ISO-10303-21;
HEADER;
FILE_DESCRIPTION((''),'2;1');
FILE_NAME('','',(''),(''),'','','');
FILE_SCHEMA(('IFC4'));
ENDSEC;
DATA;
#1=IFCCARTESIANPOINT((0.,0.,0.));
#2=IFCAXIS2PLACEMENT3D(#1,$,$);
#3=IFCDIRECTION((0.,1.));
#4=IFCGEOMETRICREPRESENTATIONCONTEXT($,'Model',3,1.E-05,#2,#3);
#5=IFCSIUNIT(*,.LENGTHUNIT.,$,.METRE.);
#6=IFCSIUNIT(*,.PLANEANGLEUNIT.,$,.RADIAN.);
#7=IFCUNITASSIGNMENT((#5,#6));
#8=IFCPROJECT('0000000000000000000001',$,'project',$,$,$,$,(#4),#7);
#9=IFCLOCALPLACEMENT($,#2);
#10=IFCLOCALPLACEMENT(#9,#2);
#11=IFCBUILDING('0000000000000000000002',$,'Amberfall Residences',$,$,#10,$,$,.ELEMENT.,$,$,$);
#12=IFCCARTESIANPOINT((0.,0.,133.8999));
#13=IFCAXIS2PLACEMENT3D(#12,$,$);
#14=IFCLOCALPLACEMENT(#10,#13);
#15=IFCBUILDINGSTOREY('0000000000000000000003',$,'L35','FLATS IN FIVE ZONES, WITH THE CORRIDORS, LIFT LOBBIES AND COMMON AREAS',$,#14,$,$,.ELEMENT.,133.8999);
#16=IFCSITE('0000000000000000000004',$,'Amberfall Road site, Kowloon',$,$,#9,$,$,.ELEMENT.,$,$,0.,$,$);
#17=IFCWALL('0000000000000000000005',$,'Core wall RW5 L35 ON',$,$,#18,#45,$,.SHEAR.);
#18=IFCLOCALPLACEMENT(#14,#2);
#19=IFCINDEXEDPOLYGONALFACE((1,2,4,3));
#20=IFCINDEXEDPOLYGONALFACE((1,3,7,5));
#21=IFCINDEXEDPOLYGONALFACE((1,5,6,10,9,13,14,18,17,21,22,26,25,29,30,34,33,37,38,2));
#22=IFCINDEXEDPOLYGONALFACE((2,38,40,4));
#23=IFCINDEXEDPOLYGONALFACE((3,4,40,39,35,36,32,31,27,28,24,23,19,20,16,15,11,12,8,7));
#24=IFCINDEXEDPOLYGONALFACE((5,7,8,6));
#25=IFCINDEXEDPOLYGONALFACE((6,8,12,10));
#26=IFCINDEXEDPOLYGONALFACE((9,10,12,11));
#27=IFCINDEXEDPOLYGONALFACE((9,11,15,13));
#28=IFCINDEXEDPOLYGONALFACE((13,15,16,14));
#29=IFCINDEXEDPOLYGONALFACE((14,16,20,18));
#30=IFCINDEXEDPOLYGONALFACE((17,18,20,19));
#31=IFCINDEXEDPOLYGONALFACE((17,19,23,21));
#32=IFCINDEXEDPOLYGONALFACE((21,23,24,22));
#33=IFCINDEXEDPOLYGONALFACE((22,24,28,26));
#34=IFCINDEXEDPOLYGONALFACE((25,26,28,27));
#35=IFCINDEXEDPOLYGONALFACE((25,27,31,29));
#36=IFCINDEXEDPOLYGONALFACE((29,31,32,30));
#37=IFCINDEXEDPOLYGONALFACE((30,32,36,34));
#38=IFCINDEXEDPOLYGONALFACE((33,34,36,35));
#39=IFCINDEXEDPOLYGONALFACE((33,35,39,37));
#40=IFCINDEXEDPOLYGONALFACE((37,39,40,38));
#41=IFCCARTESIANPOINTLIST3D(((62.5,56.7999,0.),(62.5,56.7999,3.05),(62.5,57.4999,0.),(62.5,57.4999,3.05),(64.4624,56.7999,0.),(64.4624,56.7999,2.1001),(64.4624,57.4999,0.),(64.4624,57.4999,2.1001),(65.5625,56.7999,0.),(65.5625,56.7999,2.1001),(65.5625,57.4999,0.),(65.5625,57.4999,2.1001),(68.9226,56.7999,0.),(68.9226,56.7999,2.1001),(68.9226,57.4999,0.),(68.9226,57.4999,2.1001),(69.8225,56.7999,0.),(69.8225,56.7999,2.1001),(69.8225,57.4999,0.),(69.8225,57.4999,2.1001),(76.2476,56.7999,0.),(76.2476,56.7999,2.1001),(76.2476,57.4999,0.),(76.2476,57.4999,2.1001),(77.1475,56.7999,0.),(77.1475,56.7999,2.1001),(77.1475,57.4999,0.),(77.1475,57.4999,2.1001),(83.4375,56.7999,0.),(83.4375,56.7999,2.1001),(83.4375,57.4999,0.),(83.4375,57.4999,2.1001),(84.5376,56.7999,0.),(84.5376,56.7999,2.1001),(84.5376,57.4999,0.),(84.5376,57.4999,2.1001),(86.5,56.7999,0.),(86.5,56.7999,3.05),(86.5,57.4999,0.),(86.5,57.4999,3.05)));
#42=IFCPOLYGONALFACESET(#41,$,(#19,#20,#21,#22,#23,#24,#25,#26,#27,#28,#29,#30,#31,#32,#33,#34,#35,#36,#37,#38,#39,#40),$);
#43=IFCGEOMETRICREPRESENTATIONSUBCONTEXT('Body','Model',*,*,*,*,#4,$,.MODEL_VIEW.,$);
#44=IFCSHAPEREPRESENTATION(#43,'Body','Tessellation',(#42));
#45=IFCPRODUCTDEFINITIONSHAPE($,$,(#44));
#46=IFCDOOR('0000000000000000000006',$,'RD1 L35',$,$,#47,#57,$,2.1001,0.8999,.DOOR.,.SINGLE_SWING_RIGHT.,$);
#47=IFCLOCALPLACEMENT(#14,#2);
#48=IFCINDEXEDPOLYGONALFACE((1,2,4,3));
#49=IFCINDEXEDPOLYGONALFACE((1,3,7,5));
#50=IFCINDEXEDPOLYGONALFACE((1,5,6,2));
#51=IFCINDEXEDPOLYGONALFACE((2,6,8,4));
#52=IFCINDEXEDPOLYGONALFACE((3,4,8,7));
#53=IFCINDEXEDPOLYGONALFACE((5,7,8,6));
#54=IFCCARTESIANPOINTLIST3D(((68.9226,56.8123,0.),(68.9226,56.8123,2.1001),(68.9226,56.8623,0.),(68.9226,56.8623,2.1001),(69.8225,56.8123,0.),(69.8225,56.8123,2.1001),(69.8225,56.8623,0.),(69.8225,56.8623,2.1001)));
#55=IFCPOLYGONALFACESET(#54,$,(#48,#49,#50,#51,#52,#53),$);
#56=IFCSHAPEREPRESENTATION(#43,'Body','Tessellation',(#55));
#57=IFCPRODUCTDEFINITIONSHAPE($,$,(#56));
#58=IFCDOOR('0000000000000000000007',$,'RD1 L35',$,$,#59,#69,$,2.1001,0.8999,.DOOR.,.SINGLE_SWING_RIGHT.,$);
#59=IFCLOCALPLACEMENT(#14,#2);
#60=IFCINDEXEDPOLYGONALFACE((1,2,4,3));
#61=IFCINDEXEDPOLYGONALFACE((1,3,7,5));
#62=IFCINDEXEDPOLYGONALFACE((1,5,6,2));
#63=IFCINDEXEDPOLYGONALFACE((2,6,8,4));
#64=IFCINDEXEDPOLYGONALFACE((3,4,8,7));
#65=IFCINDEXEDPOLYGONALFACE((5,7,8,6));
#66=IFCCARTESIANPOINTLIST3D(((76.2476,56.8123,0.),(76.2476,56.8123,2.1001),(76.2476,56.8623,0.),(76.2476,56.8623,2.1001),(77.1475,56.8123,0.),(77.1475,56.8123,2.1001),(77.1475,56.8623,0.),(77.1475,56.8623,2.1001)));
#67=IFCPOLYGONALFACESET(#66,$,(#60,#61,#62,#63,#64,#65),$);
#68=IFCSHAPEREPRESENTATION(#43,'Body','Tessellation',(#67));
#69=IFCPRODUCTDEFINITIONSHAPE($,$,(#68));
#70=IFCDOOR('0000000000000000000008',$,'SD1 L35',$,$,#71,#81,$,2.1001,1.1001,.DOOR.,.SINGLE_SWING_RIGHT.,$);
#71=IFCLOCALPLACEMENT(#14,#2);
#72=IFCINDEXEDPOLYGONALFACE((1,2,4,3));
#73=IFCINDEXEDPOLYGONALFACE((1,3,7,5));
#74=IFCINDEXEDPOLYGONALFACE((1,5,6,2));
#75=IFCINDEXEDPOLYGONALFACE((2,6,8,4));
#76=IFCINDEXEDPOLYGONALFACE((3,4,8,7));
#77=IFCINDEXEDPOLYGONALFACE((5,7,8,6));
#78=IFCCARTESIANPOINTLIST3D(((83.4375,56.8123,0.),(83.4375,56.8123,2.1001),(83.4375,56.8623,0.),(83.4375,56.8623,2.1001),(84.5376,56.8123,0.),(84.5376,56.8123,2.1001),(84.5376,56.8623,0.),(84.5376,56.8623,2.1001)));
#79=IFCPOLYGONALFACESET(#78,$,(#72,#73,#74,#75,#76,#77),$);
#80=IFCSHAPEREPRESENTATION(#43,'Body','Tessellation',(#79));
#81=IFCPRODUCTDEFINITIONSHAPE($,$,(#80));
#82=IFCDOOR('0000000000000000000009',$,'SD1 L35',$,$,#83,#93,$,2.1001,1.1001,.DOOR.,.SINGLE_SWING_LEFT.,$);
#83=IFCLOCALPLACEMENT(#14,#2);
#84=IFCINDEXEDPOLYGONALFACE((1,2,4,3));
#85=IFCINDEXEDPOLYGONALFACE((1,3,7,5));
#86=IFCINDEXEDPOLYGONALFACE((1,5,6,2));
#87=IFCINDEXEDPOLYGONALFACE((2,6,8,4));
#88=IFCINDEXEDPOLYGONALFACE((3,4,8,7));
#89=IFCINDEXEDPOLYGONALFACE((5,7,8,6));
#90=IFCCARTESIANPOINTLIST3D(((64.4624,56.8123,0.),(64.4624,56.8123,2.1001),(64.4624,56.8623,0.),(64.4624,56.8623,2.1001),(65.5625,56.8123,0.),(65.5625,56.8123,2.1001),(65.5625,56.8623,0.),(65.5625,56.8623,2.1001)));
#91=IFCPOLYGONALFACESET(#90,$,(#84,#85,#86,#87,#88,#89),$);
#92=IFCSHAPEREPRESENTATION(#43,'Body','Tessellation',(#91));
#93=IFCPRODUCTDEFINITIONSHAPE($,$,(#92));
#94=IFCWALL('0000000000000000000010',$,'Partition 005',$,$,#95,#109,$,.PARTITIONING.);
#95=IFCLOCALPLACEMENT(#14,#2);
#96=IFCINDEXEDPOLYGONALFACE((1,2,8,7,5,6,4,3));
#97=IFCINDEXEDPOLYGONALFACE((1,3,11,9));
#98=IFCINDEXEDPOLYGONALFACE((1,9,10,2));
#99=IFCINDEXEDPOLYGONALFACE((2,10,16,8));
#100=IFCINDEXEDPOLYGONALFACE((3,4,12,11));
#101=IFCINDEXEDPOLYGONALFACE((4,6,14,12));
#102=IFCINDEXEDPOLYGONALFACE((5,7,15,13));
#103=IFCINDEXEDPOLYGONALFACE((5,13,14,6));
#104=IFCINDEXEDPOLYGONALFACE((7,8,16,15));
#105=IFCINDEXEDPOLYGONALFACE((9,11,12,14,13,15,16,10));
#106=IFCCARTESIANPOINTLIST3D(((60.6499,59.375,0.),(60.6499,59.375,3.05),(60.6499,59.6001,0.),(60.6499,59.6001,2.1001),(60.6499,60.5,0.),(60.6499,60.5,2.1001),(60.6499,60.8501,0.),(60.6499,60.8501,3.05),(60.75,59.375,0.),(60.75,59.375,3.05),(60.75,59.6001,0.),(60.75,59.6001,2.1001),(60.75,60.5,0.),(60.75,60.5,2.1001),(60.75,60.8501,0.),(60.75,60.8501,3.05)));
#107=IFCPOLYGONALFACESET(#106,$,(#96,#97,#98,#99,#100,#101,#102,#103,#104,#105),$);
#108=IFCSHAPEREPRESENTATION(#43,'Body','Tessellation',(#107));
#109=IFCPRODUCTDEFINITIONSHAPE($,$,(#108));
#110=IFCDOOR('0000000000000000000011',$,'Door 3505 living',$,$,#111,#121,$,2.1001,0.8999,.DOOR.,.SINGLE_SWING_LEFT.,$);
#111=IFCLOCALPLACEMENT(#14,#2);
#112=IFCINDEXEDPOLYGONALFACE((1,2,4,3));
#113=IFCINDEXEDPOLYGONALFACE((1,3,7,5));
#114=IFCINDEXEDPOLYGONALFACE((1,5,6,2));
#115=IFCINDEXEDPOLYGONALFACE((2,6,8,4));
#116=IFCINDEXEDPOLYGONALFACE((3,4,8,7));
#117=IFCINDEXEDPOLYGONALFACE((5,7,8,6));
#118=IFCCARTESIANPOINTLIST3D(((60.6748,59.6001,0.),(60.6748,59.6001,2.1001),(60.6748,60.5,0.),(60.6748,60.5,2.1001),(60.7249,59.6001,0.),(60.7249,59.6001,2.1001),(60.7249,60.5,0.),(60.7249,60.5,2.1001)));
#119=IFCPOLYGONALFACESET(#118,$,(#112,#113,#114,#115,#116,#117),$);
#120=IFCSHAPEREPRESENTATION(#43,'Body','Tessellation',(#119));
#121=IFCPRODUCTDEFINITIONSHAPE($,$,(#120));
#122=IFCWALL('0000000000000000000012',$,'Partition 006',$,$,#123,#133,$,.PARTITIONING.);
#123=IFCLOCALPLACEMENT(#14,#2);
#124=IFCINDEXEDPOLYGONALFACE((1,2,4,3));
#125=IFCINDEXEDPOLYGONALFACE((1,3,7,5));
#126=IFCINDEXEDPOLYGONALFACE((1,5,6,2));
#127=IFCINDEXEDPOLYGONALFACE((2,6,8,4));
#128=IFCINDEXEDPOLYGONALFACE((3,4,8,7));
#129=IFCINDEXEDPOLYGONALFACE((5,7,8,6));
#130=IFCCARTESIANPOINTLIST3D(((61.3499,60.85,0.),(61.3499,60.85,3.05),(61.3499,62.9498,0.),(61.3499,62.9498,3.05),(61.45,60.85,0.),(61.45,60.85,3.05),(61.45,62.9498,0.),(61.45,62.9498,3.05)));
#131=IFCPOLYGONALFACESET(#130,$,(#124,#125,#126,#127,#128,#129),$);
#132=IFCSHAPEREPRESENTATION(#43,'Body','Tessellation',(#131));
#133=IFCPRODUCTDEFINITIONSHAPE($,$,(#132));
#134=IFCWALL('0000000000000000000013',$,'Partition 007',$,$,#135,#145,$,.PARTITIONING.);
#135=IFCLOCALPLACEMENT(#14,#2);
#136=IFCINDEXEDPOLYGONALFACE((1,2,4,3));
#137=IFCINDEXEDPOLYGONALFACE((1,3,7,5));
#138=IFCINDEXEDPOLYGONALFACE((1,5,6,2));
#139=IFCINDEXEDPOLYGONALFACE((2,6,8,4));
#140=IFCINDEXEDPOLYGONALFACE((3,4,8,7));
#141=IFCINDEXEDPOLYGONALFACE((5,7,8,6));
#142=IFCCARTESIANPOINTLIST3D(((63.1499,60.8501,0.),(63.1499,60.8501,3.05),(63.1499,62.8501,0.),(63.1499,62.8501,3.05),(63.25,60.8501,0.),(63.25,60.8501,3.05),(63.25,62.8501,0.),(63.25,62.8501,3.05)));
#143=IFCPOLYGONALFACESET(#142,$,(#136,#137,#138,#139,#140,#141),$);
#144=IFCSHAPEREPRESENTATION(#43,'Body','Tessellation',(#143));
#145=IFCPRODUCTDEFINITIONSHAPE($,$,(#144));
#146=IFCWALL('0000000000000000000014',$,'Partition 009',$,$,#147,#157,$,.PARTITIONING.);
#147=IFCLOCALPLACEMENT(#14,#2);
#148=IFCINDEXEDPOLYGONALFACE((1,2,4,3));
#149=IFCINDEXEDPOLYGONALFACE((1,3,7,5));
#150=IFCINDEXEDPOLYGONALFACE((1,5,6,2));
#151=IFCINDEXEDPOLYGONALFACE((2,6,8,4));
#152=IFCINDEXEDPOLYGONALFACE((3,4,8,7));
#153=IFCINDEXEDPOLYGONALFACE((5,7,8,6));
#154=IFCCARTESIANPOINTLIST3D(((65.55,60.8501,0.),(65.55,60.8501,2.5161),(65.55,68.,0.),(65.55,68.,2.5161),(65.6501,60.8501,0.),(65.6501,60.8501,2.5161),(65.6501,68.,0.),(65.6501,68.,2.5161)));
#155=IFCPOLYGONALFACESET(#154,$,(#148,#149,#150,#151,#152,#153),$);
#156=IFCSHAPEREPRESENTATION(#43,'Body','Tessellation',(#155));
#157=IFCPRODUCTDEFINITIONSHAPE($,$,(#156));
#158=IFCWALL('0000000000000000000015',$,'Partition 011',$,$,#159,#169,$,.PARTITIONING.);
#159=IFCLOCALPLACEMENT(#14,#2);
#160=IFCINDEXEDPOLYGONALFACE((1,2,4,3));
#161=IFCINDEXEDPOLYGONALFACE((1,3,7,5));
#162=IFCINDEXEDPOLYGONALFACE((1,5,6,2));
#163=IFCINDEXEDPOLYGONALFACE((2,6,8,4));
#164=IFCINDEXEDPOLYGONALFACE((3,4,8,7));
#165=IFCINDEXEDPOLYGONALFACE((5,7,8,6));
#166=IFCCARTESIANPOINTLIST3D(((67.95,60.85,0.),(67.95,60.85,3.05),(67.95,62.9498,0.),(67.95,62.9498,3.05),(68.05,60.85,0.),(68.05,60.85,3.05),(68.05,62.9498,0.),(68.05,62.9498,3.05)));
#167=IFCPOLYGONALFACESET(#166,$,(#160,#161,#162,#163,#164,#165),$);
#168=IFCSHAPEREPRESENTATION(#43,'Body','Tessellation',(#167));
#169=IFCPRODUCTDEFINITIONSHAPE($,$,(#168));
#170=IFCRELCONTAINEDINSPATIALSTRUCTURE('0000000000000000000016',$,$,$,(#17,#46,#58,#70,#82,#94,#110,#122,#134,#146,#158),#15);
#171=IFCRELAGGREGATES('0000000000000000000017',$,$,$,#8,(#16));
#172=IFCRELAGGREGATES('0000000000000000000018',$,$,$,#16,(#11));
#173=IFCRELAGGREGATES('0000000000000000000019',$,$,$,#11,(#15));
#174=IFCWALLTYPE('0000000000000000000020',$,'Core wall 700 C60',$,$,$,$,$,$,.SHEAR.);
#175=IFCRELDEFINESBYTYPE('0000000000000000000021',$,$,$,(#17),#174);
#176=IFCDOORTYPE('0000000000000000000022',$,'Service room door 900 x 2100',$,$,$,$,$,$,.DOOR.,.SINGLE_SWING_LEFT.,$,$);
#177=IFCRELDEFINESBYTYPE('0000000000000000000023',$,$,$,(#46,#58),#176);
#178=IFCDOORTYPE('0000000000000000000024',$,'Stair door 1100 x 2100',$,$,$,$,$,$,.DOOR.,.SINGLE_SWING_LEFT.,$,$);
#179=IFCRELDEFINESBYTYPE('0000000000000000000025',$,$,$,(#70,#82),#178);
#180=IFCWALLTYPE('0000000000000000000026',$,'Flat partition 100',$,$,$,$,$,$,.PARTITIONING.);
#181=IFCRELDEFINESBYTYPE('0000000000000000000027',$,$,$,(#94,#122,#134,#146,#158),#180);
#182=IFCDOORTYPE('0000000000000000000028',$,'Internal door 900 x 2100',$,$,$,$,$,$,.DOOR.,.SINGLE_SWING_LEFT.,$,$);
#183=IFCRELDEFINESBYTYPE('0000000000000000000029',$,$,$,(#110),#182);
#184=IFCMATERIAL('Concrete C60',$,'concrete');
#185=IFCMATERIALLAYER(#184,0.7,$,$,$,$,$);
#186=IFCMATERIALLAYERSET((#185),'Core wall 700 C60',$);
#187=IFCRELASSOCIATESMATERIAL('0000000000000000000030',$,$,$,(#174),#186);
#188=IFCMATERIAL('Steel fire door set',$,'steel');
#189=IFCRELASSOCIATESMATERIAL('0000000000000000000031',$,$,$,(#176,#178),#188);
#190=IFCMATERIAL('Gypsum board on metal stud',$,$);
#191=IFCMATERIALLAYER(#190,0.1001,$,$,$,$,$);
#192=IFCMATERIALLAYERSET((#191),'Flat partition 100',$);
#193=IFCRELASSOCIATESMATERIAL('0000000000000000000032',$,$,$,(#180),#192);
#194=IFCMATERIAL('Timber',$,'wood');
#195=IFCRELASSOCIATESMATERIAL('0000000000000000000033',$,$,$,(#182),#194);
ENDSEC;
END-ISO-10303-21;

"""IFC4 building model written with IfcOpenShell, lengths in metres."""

from ifc_helpers import new_model, si_unit, direction, frame, frame_2d, origin, place, context, subcontext, project, spatial, rectangle, extrude, material, layer, layer_set, type_object, element, fill, save


model = new_model("IFC4")

# Units and contexts
model_context = context("Model", 3, precision=1e-05, world=origin(), true_north=direction((0.0, 1.0)))
body_context = subcontext(model_context, "Body", "Model", "MODEL_VIEW")
ifc_project = project(units=[si_unit("LENGTHUNIT", "METRE"), si_unit("PLANEANGLEUNIT", "RADIAN")], contexts=[model_context])

# Site, building, storey
site_placement = place(None, origin())
site = spatial("IfcSite", under=ifc_project, at=site_placement, Name="Amberfall Road site, Kowloon", CompositionType="ELEMENT", RefElevation=0.0)
building_placement = place(site_placement, origin())
building = spatial("IfcBuilding", under=site, at=building_placement, Name="Amberfall Residences", CompositionType="ELEMENT")
storey_placement = place(building_placement, frame((0.0, 0.0, 133.8999)))
storey = spatial("IfcBuildingStorey", under=building, at=storey_placement, Name="L35", Description="FLATS IN FIVE ZONES, WITH THE CORRIDORS, LIFT LOBBIES AND COMMON AREAS", CompositionType="ELEMENT", Elevation=133.8999)

# Wall, openings, doors
ifc_material_1 = material(Name="Concrete C60", Category="concrete")
ifc_layer_1 = layer(ifc_material_1, 0.7)
ifc_layer_set_1 = layer_set([ifc_layer_1], Name="Core wall 700 C60")
wall_type_1 = type_object("IfcWallType", Name="Core wall 700 C60", PredefinedType="SHEAR", material=ifc_layer_set_1)
wall_1_placement = place(storey_placement, frame((62.5, 57.1499, 0.0), z_axis=(0.0, 0.0, 1.0), x_axis=(1.0, 0.0, 0.0)))
wall_1 = element("IfcWall", 1, at=wall_1_placement, inside=storey, type_object=wall_type_1, Name="Core wall RW5 L35 ON", PredefinedType="SHEAR", context=body_context, shape_type="SweptSolid", body=[
    extrude(rectangle(XDim=24.0, YDim=0.7, at=frame_2d((12.0, 0.0))), origin(), (0.0, 0.0, 1.0), 3.05),
])
opening_1_placement = place(wall_1_placement, frame((20.9375, 0.0, 0.0)))
opening_1 = element("IfcOpeningElement", 2, at=opening_1_placement, cuts=wall_1, PredefinedType="OPENING", context=body_context, shape_type="SweptSolid", body=[
    extrude(rectangle(XDim=1.1001, YDim=2.1001, at=frame_2d((0.55, 1.05))), frame((0.0, 0.3599, 0.0), z_axis=(0.0, -1.0, 0.0), x_axis=(1.0, 0.0, 0.0)), (0.0, 0.0, 1.0), 0.72),
])
opening_2_placement = place(wall_1_placement, frame((1.9624, 0.0, 0.0)))
opening_2 = element("IfcOpeningElement", 3, at=opening_2_placement, cuts=wall_1, PredefinedType="OPENING", context=body_context, shape_type="SweptSolid", body=[
    extrude(rectangle(XDim=1.1001, YDim=2.1001, at=frame_2d((0.55, 1.05))), frame((0.0, 0.3599, 0.0), z_axis=(0.0, -1.0, 0.0), x_axis=(1.0, 0.0, 0.0)), (0.0, 0.0, 1.0), 0.72),
])
opening_3_placement = place(wall_1_placement, frame((6.4226, 0.0, 0.0)))
opening_3 = element("IfcOpeningElement", 4, at=opening_3_placement, cuts=wall_1, PredefinedType="OPENING", context=body_context, shape_type="SweptSolid", body=[
    extrude(rectangle(XDim=0.8999, YDim=2.1001, at=frame_2d((0.45, 1.05))), frame((0.0, 0.3599, 0.0), z_axis=(0.0, -1.0, 0.0), x_axis=(1.0, 0.0, 0.0)), (0.0, 0.0, 1.0), 0.72),
])
opening_4_placement = place(wall_1_placement, frame((13.7476, 0.0, 0.0)))
opening_4 = element("IfcOpeningElement", 5, at=opening_4_placement, cuts=wall_1, PredefinedType="OPENING", context=body_context, shape_type="SweptSolid", body=[
    extrude(rectangle(XDim=0.8999, YDim=2.1001, at=frame_2d((0.45, 1.05))), frame((0.0, 0.3599, 0.0), z_axis=(0.0, -1.0, 0.0), x_axis=(1.0, 0.0, 0.0)), (0.0, 0.0, 1.0), 0.72),
])
ifc_material_2 = material(Name="Steel fire door set", Category="steel")
door_type_1 = type_object("IfcDoorType", Name="Service room door 900 x 2100", OperationType="SINGLE_SWING_LEFT", PredefinedType="DOOR", material=ifc_material_2)
door_1_placement = place(opening_3_placement, origin())
door_1 = element("IfcDoor", 6, at=door_1_placement, inside=storey, type_object=door_type_1, Name="RD1 L35", OperationType="SINGLE_SWING_RIGHT", OverallHeight=2.1001, OverallWidth=0.8999, PredefinedType="DOOR", context=body_context, shape_type="SweptSolid", body=[
    extrude(rectangle(XDim=0.8999, YDim=2.1001, at=frame_2d((0.45, 1.05))), frame((0.0, -0.2876, 0.0), z_axis=(0.0, -1.0, 0.0), x_axis=(1.0, 0.0, 0.0)), (0.0, 0.0, 1.0), 0.05),
])
fill(opening_3, door_1)
door_2_placement = place(opening_4_placement, origin())
door_2 = element("IfcDoor", 7, at=door_2_placement, inside=storey, type_object=door_type_1, Name="RD1 L35", OperationType="SINGLE_SWING_RIGHT", OverallHeight=2.1001, OverallWidth=0.8999, PredefinedType="DOOR", context=body_context, shape_type="SweptSolid", body=[
    extrude(rectangle(XDim=0.8999, YDim=2.1001, at=frame_2d((0.45, 1.05))), frame((0.0, -0.2876, 0.0), z_axis=(0.0, -1.0, 0.0), x_axis=(1.0, 0.0, 0.0)), (0.0, 0.0, 1.0), 0.05),
])
fill(opening_4, door_2)
door_type_2 = type_object("IfcDoorType", Name="Stair door 1100 x 2100", OperationType="SINGLE_SWING_LEFT", PredefinedType="DOOR", material=ifc_material_2)
door_3_placement = place(opening_1_placement, origin())
door_3 = element("IfcDoor", 8, at=door_3_placement, inside=storey, type_object=door_type_2, Name="SD1 L35", OperationType="SINGLE_SWING_RIGHT", OverallHeight=2.1001, OverallWidth=1.1001, PredefinedType="DOOR", context=body_context, shape_type="SweptSolid", body=[
    extrude(rectangle(XDim=1.1001, YDim=2.1001, at=frame_2d((0.55, 1.05))), frame((0.0, -0.2876, 0.0), z_axis=(0.0, -1.0, 0.0), x_axis=(1.0, 0.0, 0.0)), (0.0, 0.0, 1.0), 0.05),
])
fill(opening_1, door_3)
door_4_placement = place(opening_2_placement, origin())
door_4 = element("IfcDoor", 9, at=door_4_placement, inside=storey, type_object=door_type_2, Name="SD1 L35", OperationType="SINGLE_SWING_LEFT", OverallHeight=2.1001, OverallWidth=1.1001, PredefinedType="DOOR", context=body_context, shape_type="SweptSolid", body=[
    extrude(rectangle(XDim=1.1001, YDim=2.1001, at=frame_2d((0.55, 1.05))), frame((0.0, -0.2876, 0.0), z_axis=(0.0, -1.0, 0.0), x_axis=(1.0, 0.0, 0.0)), (0.0, 0.0, 1.0), 0.05),
])
fill(opening_2, door_4)

# Wall, opening, door
ifc_material_3 = material(Name="Gypsum board on metal stud")
ifc_layer_2 = layer(ifc_material_3, 0.1001)
ifc_layer_set_2 = layer_set([ifc_layer_2], Name="Flat partition 100")
wall_type_2 = type_object("IfcWallType", Name="Flat partition 100", PredefinedType="PARTITIONING", material=ifc_layer_set_2)
wall_2_placement = place(storey_placement, frame((60.7, 60.8501, 0.0), z_axis=(0.0, 0.0, 1.0), x_axis=(0.0, -1.0, 0.0)))
wall_2 = element("IfcWall", 10, at=wall_2_placement, inside=storey, type_object=wall_type_2, Name="Partition 005", PredefinedType="PARTITIONING", context=body_context, shape_type="SweptSolid", body=[
    extrude(rectangle(XDim=1.4751, YDim=0.1001, at=frame_2d((0.7375, 0.0))), origin(), (0.0, 0.0, 1.0), 3.05),
])
opening_5_placement = place(wall_2_placement, frame((0.3501, 0.0, 0.0)))
opening_5 = element("IfcOpeningElement", 11, at=opening_5_placement, cuts=wall_2, PredefinedType="OPENING", context=body_context, shape_type="SweptSolid", body=[
    extrude(rectangle(XDim=0.8999, YDim=2.1001, at=frame_2d((0.45, 1.05))), frame((0.0, 0.0601, 0.0), z_axis=(0.0, -1.0, 0.0), x_axis=(1.0, 0.0, 0.0)), (0.0, 0.0, 1.0), 0.1201),
])
ifc_material_4 = material(Name="Timber", Category="wood")
door_type_3 = type_object("IfcDoorType", Name="Internal door 900 x 2100", OperationType="SINGLE_SWING_LEFT", PredefinedType="DOOR", material=ifc_material_4)
door_5_placement = place(opening_5_placement, origin())
door_5 = element("IfcDoor", 12, at=door_5_placement, inside=storey, type_object=door_type_3, Name="Door 3505 living", OperationType="SINGLE_SWING_LEFT", OverallHeight=2.1001, OverallWidth=0.8999, PredefinedType="DOOR", context=body_context, shape_type="SweptSolid", body=[
    extrude(rectangle(XDim=0.8999, YDim=2.1001, at=frame_2d((0.45, 1.05))), frame((0.0, 0.0249, 0.0), z_axis=(0.0, -1.0, 0.0), x_axis=(1.0, 0.0, 0.0)), (0.0, 0.0, 1.0), 0.05),
])
fill(opening_5, door_5)

# Walls
wall_3_placement = place(storey_placement, frame((61.3999, 60.8501, 0.0), z_axis=(0.0, 0.0, 1.0), x_axis=(0.0, 1.0, 0.0)))
element("IfcWall", 13, at=wall_3_placement, inside=storey, type_object=wall_type_2, Name="Partition 006", PredefinedType="PARTITIONING", context=body_context, shape_type="SweptSolid", body=[
    extrude(rectangle(XDim=2.0999, YDim=0.1001, at=frame_2d((1.0498, 0.0))), origin(), (0.0, 0.0, 1.0), 3.05),
])
wall_4_placement = place(storey_placement, frame((63.2, 60.8501, 0.0), z_axis=(0.0, 0.0, 1.0), x_axis=(0.0, 1.0, 0.0)))
element("IfcWall", 14, at=wall_4_placement, inside=storey, type_object=wall_type_2, Name="Partition 007", PredefinedType="PARTITIONING", context=body_context, shape_type="SweptSolid", body=[
    extrude(rectangle(XDim=2.0, YDim=0.1001, at=frame_2d((1.0, 0.0))), origin(), (0.0, 0.0, 1.0), 3.05),
])
wall_5_placement = place(storey_placement, frame((65.6001, 60.8501, 0.0), z_axis=(0.0, 0.0, 1.0), x_axis=(0.0, 1.0, 0.0)))
element("IfcWall", 15, at=wall_5_placement, inside=storey, type_object=wall_type_2, Name="Partition 009", PredefinedType="PARTITIONING", context=body_context, shape_type="SweptSolid", body=[
    extrude(rectangle(XDim=7.1499, YDim=0.1001, at=frame_2d((3.575, 0.0))), origin(), (0.0, 0.0, 1.0), 2.5161),
])
wall_6_placement = place(storey_placement, frame((68.0, 60.8501, 0.0), z_axis=(0.0, 0.0, 1.0), x_axis=(0.0, 1.0, 0.0)))
element("IfcWall", 16, at=wall_6_placement, inside=storey, type_object=wall_type_2, Name="Partition 011", PredefinedType="PARTITIONING", context=body_context, shape_type="SweptSolid", body=[
    extrude(rectangle(XDim=2.0999, YDim=0.1001, at=frame_2d((1.0498, 0.0))), origin(), (0.0, 0.0, 1.0), 3.05),
])

save(model, "model.ifc")
